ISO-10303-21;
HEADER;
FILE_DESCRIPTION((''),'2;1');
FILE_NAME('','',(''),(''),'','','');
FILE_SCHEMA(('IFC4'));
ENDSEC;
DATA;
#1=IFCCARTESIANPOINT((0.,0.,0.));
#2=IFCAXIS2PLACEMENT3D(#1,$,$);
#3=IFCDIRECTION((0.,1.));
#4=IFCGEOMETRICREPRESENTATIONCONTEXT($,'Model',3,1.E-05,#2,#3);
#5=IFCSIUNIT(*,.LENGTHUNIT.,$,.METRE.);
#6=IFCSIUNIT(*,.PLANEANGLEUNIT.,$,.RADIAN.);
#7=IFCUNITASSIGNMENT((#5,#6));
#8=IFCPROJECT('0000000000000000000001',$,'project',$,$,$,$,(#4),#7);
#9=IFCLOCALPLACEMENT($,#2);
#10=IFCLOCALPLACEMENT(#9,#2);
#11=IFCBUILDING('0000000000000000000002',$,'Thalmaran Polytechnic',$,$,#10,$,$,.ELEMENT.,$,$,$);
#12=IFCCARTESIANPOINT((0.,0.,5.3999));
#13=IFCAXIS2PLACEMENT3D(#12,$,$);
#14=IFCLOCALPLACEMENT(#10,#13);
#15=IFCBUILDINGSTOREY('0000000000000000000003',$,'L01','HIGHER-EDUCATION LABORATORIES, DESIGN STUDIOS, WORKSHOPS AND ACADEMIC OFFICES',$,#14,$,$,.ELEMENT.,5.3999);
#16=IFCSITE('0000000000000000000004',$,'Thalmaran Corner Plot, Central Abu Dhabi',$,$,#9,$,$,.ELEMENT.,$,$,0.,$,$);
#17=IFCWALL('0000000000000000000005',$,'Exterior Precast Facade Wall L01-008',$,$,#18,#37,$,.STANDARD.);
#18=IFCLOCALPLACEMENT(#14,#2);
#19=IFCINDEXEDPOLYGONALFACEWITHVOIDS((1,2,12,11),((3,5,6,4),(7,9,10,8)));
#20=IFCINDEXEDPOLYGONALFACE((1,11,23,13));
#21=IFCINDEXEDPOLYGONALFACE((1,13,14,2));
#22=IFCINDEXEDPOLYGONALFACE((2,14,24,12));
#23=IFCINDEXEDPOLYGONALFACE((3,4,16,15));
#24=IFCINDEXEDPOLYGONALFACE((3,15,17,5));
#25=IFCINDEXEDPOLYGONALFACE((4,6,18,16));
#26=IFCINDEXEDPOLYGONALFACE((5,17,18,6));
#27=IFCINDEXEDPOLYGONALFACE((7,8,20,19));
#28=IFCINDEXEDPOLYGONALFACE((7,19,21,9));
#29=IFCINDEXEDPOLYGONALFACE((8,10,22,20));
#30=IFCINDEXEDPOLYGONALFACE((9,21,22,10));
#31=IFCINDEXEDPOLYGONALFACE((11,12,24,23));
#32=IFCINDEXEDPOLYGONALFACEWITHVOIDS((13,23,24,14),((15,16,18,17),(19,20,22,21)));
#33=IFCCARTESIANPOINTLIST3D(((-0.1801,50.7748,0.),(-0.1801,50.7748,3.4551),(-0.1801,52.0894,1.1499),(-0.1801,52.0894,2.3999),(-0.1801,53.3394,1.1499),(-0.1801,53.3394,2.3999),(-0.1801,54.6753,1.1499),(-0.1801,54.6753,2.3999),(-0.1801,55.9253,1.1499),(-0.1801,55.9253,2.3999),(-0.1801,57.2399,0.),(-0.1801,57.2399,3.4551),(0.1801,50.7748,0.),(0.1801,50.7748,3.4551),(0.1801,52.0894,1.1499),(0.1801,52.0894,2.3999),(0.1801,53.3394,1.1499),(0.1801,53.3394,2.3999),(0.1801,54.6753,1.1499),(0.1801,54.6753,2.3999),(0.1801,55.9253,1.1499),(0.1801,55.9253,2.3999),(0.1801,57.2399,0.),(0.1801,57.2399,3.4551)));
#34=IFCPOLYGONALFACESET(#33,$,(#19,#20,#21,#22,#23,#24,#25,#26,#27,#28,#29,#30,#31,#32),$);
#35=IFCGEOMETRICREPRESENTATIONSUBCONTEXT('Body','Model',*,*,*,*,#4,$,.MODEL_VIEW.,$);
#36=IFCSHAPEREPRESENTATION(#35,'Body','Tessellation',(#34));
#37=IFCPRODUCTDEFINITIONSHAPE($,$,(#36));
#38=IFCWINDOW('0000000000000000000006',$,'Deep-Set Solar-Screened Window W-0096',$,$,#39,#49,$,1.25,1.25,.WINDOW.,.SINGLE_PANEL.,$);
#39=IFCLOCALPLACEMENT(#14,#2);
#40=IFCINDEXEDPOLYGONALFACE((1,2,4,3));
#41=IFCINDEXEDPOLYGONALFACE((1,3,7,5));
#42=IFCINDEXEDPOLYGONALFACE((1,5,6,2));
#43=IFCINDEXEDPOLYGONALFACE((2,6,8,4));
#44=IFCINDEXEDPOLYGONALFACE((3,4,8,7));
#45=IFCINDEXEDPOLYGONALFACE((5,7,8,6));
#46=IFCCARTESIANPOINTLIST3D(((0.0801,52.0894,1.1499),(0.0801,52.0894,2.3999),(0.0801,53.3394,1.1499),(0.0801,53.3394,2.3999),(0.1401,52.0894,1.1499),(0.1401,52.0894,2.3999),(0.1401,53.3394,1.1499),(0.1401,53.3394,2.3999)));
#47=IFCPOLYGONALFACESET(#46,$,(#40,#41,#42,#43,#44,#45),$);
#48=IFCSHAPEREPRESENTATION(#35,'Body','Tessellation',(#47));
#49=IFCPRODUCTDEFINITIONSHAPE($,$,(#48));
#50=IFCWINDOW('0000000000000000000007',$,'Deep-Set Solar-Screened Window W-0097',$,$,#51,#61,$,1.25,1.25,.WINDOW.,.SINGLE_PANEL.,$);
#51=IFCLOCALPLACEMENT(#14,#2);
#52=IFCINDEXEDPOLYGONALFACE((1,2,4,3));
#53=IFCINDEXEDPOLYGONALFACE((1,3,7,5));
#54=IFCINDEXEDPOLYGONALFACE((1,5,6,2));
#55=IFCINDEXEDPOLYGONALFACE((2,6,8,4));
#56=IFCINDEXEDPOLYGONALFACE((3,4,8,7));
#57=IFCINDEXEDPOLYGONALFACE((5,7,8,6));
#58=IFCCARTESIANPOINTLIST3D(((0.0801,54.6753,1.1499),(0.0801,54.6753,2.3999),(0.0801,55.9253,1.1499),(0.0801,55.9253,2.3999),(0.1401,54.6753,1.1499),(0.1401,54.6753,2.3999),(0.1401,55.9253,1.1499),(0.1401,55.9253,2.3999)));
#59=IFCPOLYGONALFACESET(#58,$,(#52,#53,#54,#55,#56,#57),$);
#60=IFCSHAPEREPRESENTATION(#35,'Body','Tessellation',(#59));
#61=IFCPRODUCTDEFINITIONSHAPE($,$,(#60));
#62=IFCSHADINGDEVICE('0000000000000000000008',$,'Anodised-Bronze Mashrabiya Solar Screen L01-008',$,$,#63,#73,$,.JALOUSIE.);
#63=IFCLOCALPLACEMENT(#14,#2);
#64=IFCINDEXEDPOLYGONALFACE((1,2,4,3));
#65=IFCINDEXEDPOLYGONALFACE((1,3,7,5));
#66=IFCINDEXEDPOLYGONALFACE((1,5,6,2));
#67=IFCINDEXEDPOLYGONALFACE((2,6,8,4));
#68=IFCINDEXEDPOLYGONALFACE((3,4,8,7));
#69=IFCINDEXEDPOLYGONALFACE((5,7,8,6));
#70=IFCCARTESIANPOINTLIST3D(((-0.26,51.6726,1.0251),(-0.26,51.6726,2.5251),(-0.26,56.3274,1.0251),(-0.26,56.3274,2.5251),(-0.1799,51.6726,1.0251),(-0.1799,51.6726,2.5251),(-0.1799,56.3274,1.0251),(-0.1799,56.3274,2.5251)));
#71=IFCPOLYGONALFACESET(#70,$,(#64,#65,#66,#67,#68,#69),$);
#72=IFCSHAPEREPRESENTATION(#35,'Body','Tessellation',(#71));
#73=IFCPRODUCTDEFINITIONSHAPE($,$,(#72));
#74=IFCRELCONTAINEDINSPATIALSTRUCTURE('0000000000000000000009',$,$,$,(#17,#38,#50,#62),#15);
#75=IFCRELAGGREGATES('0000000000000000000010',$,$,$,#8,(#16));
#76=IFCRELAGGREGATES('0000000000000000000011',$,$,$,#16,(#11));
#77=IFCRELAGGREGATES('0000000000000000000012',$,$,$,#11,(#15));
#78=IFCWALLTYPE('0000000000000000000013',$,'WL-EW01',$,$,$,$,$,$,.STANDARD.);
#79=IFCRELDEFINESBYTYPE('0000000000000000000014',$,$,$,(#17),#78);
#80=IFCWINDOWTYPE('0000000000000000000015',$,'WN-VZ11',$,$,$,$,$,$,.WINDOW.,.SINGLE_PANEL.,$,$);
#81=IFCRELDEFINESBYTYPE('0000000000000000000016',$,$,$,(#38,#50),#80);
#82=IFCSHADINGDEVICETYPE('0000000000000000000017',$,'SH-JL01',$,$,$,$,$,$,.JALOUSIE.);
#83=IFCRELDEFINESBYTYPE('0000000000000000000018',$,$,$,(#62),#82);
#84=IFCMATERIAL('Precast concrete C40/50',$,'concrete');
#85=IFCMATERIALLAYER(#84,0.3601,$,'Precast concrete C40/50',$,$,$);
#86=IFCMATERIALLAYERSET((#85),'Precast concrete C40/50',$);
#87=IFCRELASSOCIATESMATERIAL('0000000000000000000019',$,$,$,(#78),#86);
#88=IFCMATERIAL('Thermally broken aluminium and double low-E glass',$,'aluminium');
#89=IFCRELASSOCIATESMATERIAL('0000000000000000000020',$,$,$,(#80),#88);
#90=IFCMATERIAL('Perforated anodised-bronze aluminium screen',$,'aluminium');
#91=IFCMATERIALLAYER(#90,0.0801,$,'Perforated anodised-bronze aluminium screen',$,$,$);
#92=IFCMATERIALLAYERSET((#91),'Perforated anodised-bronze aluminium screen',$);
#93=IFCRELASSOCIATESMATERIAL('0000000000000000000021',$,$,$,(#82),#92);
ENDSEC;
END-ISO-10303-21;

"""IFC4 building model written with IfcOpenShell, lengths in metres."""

from ifc_helpers import new_model, si_unit, direction, frame, frame_2d, origin, origin_2d, place, context, subcontext, project, spatial, rectangle, extrude, material, layer, layer_set, type_object, element, fill, save


model = new_model("IFC4")

# Units and contexts
model_context = context("Model", 3, precision=1e-05, world=origin(), true_north=direction((0.0, 1.0)))
body_context = subcontext(model_context, "Body", "Model", "MODEL_VIEW")
ifc_project = project(units=[si_unit("LENGTHUNIT", "METRE"), si_unit("PLANEANGLEUNIT", "RADIAN")], contexts=[model_context])

# Site, building, storey
site_placement = place(None, origin())
site = spatial("IfcSite", under=ifc_project, at=site_placement, Name="Thalmaran Corner Plot, Central Abu Dhabi", CompositionType="ELEMENT", RefElevation=0.0)
building_placement = place(site_placement, origin())
building = spatial("IfcBuilding", under=site, at=building_placement, Name="Thalmaran Polytechnic", CompositionType="ELEMENT")
storey_placement = place(building_placement, frame((0.0, 0.0, 5.3999)))
storey = spatial("IfcBuildingStorey", under=building, at=storey_placement, Name="L01", Description="HIGHER-EDUCATION LABORATORIES, DESIGN STUDIOS, WORKSHOPS AND ACADEMIC OFFICES", CompositionType="ELEMENT", Elevation=5.3999)

# Wall, openings, windows
ifc_material_1 = material(Name="Precast concrete C40/50", Category="concrete")
ifc_layer_1 = layer(ifc_material_1, 0.3601, Name="Precast concrete C40/50")
ifc_layer_set_1 = layer_set([ifc_layer_1], Name="Precast concrete C40/50")
wall_type = type_object("IfcWallType", Name="WL-EW01", PredefinedType="STANDARD", material=ifc_layer_set_1)
wall_placement = place(storey_placement, frame((0.0, 50.7749, 0.0), z_axis=(0.0, 0.0, 1.0), x_axis=(0.0, 1.0, 0.0)))
wall = element("IfcWall", 1, at=wall_placement, inside=storey, type_object=wall_type, Name="Exterior Precast Facade Wall L01-008", PredefinedType="STANDARD", context=body_context, shape_type="SweptSolid", body=[
    extrude(rectangle(XDim=6.4651, YDim=0.3601, at=frame_2d((3.2324, 0.0))), origin(), (0.0, 0.0, 1.0), 3.4551),
])
opening_1_placement = place(wall_placement, frame((1.3145, 0.0, 1.1499)))
opening_1 = element("IfcOpeningElement", 2, at=opening_1_placement, cuts=wall, PredefinedType="OPENING", context=body_context, shape_type="SweptSolid", body=[
    extrude(rectangle(XDim=1.25, YDim=1.25, at=frame_2d((0.625, 0.625))), frame((0.0, 0.1899, 0.0), z_axis=(0.0, -1.0, 0.0), x_axis=(1.0, 0.0, 0.0)), (0.0, 0.0, 1.0), 0.3801),
])
opening_2_placement = place(wall_placement, frame((3.9004, 0.0, 1.1499)))
opening_2 = element("IfcOpeningElement", 3, at=opening_2_placement, cuts=wall, PredefinedType="OPENING", context=body_context, shape_type="SweptSolid", body=[
    extrude(rectangle(XDim=1.25, YDim=1.25, at=frame_2d((0.625, 0.625))), frame((0.0, 0.1899, 0.0), z_axis=(0.0, -1.0, 0.0), x_axis=(1.0, 0.0, 0.0)), (0.0, 0.0, 1.0), 0.3801),
])
ifc_material_2 = material(Name="Thermally broken aluminium and double low-E glass", Category="aluminium")
window_type = type_object("IfcWindowType", Name="WN-VZ11", PartitioningType="SINGLE_PANEL", PredefinedType="WINDOW", material=ifc_material_2)
window_1_placement = place(opening_1_placement, origin())
window_1 = element("IfcWindow", 4, at=window_1_placement, inside=storey, type_object=window_type, Name="Deep-Set Solar-Screened Window W-0096", OverallHeight=1.25, OverallWidth=1.25, PartitioningType="SINGLE_PANEL", PredefinedType="WINDOW", context=body_context, shape_type="SweptSolid", body=[
    extrude(rectangle(XDim=1.25, YDim=1.25, at=frame_2d((0.625, 0.625))), frame((0.0, -0.0801, 0.0), z_axis=(0.0, -1.0, 0.0), x_axis=(1.0, 0.0, 0.0)), (0.0, 0.0, 1.0), 0.0601),
])
fill(opening_1, window_1)
window_2_placement = place(opening_2_placement, origin())
window_2 = element("IfcWindow", 5, at=window_2_placement, inside=storey, type_object=window_type, Name="Deep-Set Solar-Screened Window W-0097", OverallHeight=1.25, OverallWidth=1.25, PartitioningType="SINGLE_PANEL", PredefinedType="WINDOW", context=body_context, shape_type="SweptSolid", body=[
    extrude(rectangle(XDim=1.25, YDim=1.25, at=frame_2d((0.625, 0.625))), frame((0.0, -0.0801, 0.0), z_axis=(0.0, -1.0, 0.0), x_axis=(1.0, 0.0, 0.0)), (0.0, 0.0, 1.0), 0.0601),
])
fill(opening_2, window_2)

# Shading device
ifc_material_3 = material(Name="Perforated anodised-bronze aluminium screen", Category="aluminium")
ifc_layer_2 = layer(ifc_material_3, 0.0801, Name="Perforated anodised-bronze aluminium screen")
ifc_layer_set_2 = layer_set([ifc_layer_2], Name="Perforated anodised-bronze aluminium screen")
shading_device_type = type_object("IfcShadingDeviceType", Name="SH-JL01", PredefinedType="JALOUSIE", material=ifc_layer_set_2)
shading_device_placement = place(storey_placement, frame((-0.22, 54.0, 1.0251), z_axis=(0.0, 0.0, 1.0), x_axis=(0.0, 1.0, 0.0)))
element("IfcShadingDevice", 6, at=shading_device_placement, inside=storey, type_object=shading_device_type, Name="Anodised-Bronze Mashrabiya Solar Screen L01-008", PredefinedType="JALOUSIE", context=body_context, shape_type="SweptSolid", body=[
    extrude(rectangle(XDim=4.6548, YDim=0.0801, at=origin_2d()), origin(), (0.0, 0.0, 1.0), 1.5),
])

save(model, "model.ifc")
